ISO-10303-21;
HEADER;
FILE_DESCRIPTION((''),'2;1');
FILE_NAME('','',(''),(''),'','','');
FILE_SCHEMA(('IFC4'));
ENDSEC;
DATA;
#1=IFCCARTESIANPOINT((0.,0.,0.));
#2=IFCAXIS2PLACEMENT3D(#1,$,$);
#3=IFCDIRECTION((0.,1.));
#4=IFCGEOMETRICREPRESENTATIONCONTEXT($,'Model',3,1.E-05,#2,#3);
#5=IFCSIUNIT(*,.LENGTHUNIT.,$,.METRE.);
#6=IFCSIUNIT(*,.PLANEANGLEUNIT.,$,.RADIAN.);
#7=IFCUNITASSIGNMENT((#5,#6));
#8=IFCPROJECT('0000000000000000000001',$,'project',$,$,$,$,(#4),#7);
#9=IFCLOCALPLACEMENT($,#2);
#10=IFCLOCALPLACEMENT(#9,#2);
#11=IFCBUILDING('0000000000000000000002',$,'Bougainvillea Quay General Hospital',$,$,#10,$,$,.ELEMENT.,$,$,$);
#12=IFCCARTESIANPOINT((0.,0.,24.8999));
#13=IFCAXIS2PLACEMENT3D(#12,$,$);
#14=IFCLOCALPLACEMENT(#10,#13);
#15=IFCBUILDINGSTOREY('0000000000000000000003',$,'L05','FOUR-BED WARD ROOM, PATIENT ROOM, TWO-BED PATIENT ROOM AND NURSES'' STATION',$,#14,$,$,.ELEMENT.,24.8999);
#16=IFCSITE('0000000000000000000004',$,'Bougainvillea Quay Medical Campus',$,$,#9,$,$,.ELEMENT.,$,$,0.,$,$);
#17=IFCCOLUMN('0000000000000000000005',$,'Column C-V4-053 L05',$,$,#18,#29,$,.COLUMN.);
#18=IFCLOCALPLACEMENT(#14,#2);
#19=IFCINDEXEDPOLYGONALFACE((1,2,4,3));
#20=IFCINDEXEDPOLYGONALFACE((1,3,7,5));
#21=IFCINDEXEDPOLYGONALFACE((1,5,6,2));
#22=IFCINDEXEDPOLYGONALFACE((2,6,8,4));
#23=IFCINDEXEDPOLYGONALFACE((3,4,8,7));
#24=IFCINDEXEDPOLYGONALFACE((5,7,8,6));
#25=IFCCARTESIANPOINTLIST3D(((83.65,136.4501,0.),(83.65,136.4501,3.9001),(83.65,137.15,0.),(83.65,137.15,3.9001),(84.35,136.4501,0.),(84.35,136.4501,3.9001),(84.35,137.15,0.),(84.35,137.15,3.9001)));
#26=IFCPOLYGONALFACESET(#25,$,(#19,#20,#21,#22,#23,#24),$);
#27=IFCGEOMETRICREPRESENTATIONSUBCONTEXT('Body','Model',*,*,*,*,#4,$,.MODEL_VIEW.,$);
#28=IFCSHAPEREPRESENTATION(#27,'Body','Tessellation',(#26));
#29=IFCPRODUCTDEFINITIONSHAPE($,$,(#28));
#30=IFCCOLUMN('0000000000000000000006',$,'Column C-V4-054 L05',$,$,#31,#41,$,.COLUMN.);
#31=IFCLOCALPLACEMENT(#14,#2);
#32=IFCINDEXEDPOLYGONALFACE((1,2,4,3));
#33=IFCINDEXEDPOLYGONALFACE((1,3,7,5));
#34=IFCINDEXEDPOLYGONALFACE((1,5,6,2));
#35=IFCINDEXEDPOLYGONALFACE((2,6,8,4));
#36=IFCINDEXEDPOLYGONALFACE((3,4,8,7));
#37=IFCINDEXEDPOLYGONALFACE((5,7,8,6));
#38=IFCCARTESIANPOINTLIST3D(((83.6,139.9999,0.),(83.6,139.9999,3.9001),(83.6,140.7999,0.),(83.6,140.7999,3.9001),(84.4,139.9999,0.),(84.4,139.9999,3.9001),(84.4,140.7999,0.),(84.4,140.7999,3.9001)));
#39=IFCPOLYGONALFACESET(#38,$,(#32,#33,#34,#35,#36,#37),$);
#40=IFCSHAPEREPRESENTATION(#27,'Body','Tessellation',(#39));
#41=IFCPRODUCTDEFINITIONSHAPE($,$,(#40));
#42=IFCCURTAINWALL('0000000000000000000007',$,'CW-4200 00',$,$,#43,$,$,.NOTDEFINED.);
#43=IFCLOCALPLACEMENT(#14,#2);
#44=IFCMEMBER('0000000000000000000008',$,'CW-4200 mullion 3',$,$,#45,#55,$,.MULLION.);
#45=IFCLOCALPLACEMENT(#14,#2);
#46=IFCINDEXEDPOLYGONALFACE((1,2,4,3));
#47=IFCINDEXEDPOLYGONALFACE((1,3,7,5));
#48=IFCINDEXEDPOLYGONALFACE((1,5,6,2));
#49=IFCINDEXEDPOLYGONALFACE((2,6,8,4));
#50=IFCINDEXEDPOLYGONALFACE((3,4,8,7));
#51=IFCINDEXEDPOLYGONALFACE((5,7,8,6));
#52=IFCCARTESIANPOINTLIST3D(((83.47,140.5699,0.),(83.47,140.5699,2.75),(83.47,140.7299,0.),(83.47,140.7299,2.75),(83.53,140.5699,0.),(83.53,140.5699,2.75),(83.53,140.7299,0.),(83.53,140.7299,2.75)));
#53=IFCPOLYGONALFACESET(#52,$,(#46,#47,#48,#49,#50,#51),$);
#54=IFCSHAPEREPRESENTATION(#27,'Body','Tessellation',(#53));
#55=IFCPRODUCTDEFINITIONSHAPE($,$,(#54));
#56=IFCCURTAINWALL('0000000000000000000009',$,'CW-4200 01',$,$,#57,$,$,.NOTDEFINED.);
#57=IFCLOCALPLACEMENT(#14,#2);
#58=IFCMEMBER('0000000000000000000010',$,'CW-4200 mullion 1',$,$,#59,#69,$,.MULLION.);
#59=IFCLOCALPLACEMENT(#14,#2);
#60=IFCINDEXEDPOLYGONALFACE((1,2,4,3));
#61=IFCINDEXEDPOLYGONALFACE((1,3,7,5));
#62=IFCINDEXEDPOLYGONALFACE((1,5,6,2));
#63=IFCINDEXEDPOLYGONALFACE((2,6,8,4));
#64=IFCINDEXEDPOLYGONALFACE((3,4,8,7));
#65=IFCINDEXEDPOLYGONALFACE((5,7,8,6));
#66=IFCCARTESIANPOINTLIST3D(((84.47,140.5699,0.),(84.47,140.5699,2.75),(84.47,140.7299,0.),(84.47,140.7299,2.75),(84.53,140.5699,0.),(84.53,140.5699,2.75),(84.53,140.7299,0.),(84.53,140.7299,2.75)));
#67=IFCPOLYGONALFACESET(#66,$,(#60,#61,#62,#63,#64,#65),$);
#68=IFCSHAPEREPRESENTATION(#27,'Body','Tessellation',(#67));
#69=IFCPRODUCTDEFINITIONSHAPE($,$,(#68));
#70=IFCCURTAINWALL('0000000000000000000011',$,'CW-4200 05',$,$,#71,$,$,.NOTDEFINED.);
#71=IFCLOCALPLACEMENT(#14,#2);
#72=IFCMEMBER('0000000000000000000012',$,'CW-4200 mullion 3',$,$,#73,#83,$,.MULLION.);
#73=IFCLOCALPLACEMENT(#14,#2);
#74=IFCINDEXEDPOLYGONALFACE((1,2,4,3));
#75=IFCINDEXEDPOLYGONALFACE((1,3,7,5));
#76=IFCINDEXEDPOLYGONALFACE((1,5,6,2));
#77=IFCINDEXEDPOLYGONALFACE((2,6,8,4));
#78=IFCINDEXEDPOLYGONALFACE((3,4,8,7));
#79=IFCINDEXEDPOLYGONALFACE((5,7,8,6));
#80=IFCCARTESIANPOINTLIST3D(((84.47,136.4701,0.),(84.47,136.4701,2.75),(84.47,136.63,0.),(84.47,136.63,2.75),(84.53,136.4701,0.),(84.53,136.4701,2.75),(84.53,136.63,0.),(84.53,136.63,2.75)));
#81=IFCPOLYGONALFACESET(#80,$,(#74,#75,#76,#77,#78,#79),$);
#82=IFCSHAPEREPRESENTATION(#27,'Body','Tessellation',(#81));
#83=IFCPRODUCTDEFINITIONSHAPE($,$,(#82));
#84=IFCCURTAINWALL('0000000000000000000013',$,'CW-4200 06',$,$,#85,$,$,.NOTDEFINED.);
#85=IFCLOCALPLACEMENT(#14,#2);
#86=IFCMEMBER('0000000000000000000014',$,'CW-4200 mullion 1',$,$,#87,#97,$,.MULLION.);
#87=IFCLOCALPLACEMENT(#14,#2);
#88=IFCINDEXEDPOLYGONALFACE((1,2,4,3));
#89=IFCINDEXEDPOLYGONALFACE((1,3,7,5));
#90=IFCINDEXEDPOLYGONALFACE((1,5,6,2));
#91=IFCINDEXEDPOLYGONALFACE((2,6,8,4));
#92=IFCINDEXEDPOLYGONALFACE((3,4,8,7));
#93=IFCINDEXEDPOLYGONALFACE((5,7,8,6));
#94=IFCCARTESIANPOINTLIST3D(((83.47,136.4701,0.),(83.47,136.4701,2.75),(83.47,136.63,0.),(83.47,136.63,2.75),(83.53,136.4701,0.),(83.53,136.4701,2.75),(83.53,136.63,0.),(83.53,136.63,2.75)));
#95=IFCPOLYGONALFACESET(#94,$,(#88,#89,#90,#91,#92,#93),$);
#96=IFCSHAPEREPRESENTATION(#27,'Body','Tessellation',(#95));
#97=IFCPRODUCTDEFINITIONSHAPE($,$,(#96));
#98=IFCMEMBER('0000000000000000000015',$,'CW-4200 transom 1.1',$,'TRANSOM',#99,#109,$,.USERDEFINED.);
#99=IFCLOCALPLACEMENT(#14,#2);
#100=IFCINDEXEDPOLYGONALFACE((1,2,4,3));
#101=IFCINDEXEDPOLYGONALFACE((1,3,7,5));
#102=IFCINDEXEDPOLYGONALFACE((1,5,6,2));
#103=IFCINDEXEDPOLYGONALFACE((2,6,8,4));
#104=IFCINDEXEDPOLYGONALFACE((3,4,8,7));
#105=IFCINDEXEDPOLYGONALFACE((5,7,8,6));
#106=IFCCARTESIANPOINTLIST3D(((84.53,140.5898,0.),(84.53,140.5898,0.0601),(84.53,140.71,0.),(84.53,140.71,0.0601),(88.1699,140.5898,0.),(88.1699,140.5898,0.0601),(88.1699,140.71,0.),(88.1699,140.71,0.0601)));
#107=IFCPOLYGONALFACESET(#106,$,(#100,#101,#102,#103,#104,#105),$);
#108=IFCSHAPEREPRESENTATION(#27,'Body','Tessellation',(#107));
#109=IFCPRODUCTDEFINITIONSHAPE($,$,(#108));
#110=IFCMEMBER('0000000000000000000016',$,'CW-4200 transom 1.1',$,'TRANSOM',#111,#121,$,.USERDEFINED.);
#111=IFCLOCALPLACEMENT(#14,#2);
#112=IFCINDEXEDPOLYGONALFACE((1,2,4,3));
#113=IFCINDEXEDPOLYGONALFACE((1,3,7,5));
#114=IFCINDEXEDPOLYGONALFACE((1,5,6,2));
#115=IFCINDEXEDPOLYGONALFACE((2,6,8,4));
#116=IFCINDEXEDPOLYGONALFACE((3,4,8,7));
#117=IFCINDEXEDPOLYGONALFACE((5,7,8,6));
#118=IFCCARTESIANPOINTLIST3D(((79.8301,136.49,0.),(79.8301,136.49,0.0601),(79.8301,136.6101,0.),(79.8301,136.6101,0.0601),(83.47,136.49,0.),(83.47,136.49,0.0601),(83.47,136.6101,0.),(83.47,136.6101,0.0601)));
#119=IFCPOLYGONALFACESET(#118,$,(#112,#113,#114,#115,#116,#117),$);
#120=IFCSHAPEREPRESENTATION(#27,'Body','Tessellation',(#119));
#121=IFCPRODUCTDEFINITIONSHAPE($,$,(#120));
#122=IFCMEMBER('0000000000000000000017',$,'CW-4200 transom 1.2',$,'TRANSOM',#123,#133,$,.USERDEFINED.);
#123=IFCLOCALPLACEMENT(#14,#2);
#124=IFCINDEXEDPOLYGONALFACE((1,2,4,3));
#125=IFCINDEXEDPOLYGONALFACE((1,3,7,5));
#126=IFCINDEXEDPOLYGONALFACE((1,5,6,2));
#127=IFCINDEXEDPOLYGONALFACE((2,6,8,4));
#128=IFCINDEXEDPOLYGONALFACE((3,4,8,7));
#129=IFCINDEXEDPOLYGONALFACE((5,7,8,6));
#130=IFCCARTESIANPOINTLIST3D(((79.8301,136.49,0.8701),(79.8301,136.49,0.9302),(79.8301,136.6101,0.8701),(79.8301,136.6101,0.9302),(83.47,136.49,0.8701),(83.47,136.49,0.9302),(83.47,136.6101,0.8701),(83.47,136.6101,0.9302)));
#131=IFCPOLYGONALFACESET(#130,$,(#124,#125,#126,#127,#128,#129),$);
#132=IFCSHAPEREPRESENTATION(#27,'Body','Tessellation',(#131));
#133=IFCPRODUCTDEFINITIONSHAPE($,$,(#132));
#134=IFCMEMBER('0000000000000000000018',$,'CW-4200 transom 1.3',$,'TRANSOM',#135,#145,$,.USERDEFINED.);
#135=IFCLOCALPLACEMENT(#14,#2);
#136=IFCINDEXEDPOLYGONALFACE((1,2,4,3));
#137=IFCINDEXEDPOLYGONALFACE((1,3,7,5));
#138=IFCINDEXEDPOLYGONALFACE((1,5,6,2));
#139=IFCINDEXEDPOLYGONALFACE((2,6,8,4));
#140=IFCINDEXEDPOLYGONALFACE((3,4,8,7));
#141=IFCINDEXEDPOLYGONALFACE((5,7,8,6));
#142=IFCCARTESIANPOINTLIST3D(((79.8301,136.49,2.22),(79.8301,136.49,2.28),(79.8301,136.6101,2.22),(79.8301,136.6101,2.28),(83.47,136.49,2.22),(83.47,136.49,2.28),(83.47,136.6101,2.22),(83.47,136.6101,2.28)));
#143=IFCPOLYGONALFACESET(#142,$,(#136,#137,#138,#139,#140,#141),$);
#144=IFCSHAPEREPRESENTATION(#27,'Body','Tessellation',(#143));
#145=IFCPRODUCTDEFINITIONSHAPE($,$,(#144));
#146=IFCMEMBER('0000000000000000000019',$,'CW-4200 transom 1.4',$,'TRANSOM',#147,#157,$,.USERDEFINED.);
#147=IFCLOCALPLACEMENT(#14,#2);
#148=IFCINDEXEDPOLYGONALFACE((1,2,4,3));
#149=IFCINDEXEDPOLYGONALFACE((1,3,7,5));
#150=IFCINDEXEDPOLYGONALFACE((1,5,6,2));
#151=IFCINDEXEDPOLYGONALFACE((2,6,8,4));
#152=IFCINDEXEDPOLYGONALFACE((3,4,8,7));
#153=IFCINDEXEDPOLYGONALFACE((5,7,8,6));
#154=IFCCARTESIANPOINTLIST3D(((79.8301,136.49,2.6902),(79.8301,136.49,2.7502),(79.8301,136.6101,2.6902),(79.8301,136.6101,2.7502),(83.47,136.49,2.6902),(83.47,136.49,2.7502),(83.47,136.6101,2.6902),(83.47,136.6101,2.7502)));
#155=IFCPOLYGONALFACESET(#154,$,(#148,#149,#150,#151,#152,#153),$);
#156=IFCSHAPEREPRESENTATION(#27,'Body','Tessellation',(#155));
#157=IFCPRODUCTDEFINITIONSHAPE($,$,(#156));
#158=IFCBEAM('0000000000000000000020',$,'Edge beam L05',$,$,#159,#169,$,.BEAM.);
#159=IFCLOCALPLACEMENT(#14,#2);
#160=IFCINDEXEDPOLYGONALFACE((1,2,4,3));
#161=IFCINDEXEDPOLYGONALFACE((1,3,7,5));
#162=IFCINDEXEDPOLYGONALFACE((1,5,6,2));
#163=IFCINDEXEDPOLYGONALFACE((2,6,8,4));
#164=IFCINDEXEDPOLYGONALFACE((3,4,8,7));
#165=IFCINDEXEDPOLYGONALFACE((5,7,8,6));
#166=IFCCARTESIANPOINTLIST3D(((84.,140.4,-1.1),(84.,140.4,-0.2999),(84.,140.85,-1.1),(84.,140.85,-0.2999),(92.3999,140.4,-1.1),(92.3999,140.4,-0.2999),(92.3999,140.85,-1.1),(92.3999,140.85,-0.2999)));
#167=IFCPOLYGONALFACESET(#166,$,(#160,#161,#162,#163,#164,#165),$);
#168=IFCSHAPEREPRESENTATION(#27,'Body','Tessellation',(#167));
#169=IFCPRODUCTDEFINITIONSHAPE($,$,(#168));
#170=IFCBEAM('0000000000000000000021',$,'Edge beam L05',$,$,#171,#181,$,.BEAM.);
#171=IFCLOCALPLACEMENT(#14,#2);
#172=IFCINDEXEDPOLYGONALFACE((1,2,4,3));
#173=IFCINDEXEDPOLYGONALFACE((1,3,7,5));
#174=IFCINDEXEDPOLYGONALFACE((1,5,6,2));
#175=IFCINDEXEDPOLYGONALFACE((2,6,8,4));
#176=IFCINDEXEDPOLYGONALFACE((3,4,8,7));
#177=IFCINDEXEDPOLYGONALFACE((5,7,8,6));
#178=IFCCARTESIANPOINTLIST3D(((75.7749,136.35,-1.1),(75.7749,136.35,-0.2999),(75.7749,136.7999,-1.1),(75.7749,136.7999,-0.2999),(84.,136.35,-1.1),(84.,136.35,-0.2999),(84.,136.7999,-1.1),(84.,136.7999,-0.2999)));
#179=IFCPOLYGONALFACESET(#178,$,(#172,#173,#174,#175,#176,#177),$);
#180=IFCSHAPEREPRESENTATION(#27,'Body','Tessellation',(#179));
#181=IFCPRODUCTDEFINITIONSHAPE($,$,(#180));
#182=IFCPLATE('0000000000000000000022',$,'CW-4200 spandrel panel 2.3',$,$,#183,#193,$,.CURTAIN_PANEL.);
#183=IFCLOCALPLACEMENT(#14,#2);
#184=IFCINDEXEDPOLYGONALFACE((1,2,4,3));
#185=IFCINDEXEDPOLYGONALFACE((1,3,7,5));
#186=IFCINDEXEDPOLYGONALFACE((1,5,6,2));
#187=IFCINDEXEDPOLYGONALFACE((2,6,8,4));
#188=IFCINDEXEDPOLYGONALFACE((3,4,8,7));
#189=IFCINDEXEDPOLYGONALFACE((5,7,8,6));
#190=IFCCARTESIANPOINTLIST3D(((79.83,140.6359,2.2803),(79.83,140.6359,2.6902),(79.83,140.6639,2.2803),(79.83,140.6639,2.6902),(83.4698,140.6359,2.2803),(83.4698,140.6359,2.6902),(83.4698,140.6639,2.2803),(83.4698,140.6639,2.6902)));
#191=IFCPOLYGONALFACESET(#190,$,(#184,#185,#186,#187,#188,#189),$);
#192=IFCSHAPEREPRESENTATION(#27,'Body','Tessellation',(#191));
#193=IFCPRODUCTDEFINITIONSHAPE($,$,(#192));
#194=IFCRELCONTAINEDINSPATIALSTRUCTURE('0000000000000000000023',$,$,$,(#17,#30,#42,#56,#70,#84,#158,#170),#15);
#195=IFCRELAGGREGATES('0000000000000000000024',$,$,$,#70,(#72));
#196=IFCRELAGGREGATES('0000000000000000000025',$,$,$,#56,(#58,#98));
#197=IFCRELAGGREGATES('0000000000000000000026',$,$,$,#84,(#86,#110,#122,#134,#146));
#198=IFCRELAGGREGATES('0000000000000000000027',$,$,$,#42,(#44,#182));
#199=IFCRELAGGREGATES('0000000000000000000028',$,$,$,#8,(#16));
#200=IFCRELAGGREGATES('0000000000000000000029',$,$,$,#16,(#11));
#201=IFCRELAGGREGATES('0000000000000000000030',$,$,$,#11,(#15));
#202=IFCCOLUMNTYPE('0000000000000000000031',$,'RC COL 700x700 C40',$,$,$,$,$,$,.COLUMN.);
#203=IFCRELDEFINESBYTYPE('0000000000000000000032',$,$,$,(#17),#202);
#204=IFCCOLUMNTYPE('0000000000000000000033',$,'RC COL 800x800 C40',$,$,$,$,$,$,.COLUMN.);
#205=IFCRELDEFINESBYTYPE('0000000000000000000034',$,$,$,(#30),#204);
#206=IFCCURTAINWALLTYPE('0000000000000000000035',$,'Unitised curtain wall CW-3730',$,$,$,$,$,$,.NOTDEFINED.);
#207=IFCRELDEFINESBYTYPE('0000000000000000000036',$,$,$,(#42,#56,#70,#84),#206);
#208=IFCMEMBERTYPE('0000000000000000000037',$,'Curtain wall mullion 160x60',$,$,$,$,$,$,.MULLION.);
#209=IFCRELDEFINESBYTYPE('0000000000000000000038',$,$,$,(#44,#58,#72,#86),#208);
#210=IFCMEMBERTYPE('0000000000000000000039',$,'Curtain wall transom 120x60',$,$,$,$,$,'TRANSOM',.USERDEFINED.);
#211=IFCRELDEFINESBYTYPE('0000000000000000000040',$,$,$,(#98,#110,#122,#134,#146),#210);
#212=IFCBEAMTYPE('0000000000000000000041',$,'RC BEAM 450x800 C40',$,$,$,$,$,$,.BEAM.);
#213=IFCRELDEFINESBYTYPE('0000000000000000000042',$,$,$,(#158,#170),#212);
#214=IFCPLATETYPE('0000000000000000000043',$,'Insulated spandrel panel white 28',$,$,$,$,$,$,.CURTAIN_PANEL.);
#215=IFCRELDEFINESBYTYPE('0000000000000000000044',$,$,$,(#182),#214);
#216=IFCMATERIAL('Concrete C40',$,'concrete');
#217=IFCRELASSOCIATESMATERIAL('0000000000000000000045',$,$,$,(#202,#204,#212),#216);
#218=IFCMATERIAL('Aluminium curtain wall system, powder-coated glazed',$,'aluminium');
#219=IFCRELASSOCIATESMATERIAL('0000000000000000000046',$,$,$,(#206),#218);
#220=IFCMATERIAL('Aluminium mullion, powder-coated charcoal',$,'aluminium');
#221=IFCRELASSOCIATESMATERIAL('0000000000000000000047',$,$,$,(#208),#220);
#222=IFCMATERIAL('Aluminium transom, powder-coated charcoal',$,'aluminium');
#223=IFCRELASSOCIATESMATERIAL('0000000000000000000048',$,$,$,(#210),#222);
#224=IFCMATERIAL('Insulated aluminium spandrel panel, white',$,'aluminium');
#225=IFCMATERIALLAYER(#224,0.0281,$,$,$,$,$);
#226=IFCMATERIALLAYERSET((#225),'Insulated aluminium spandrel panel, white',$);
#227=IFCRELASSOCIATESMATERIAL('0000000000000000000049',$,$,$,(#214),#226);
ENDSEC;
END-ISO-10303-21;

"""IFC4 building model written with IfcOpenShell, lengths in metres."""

from ifc_helpers import new_model, si_unit, direction, frame, origin, origin_2d, place, context, subcontext, project, spatial, rectangle, extrude, material, layer, layer_set, material_profile, profile_set, type_object, element, aggregate, save


model = new_model("IFC4")

# Units and contexts
model_context = context("Model", 3, precision=1e-05, world=origin(), true_north=direction((0.0, 1.0)))
body_context = subcontext(model_context, "Body", "Model", "MODEL_VIEW")
ifc_project = project(units=[si_unit("LENGTHUNIT", "METRE"), si_unit("PLANEANGLEUNIT", "RADIAN")], contexts=[model_context])

# Site, building, storey
site_placement = place(None, origin())
site = spatial("IfcSite", under=ifc_project, at=site_placement, Name="Bougainvillea Quay Medical Campus", CompositionType="ELEMENT", RefElevation=0.0)
building_placement = place(site_placement, origin())
building = spatial("IfcBuilding", under=site, at=building_placement, Name="Bougainvillea Quay General Hospital", CompositionType="ELEMENT")
storey_placement = place(building_placement, frame((0.0, 0.0, 24.8999)))
storey = spatial("IfcBuildingStorey", under=building, at=storey_placement, Name="L05", Description="FOUR-BED WARD ROOM, PATIENT ROOM, TWO-BED PATIENT ROOM AND NURSES' STATION", CompositionType="ELEMENT", Elevation=24.8999)

# Columns
ifc_material_1 = material(Name="Concrete C40", Category="concrete")
ifc_material_profile_1 = material_profile(ifc_material_1, rectangle(XDim=0.7, YDim=0.7, at=origin_2d()))
ifc_profile_set_1 = profile_set([ifc_material_profile_1], Name="Concrete C40")
column_type_1 = type_object("IfcColumnType", Name="RC COL 700x700 C40", PredefinedType="COLUMN", material=ifc_profile_set_1)
column_1_placement = place(storey_placement, frame((84.0, 136.8, 0.0), z_axis=(0.0, 0.0, 1.0), x_axis=(1.0, 0.0, 0.0)))
element("IfcColumn", 1, at=column_1_placement, inside=storey, type_object=column_type_1, Name="Column C-V4-053 L05", PredefinedType="COLUMN", context=body_context, shape_type="SweptSolid", body=[
    extrude(rectangle(XDim=0.7, YDim=0.7, at=origin_2d()), origin(), (0.0, 0.0, 1.0), 3.9001),
])
ifc_material_profile_2 = material_profile(ifc_material_1, rectangle(XDim=0.8, YDim=0.8, at=origin_2d()))
ifc_profile_set_2 = profile_set([ifc_material_profile_2], Name="Concrete C40")
column_type_2 = type_object("IfcColumnType", Name="RC COL 800x800 C40", PredefinedType="COLUMN", material=ifc_profile_set_2)
column_2_placement = place(storey_placement, frame((84.0, 140.3999, 0.0), z_axis=(0.0, 0.0, 1.0), x_axis=(1.0, 0.0, 0.0)))
element("IfcColumn", 2, at=column_2_placement, inside=storey, type_object=column_type_2, Name="Column C-V4-054 L05", PredefinedType="COLUMN", context=body_context, shape_type="SweptSolid", body=[
    extrude(rectangle(XDim=0.8, YDim=0.8, at=origin_2d()), origin(), (0.0, 0.0, 1.0), 3.9001),
])

# Curtain walls, members
ifc_material_2 = material(Name="Aluminium curtain wall system, powder-coated glazed", Category="aluminium")
curtain_wall_type = type_object("IfcCurtainWallType", Name="Unitised curtain wall CW-3730", PredefinedType="NOTDEFINED", material=ifc_material_2)
curtain_wall_1_placement = place(storey_placement, origin())
curtain_wall_1 = element("IfcCurtainWall", 3, at=curtain_wall_1_placement, inside=storey, type_object=curtain_wall_type, Name="CW-4200 00", PredefinedType="NOTDEFINED")
ifc_material_3 = material(Name="Aluminium mullion, powder-coated charcoal", Category="aluminium")
ifc_material_profile_3 = material_profile(ifc_material_3, rectangle(XDim=0.1599, YDim=0.0601, at=origin_2d()))
ifc_profile_set_3 = profile_set([ifc_material_profile_3], Name="Aluminium mullion, powder-coated charcoal")
member_type_1 = type_object("IfcMemberType", Name="Curtain wall mullion 160x60", PredefinedType="MULLION", material=ifc_profile_set_3)
member_1_placement = place(storey_placement, frame((83.5, 140.6499, 0.0), z_axis=(0.0, 0.0, 1.0), x_axis=(0.0, 1.0, 0.0)))
member_1 = element("IfcMember", 4, at=member_1_placement, type_object=member_type_1, Name="CW-4200 mullion 3", PredefinedType="MULLION", context=body_context, shape_type="SweptSolid", body=[
    extrude(rectangle(XDim=0.1599, YDim=0.0601, at=origin_2d()), origin(), (0.0, 0.0, 1.0), 2.75),
])
curtain_wall_2_placement = place(storey_placement, origin())
curtain_wall_2 = element("IfcCurtainWall", 5, at=curtain_wall_2_placement, inside=storey, type_object=curtain_wall_type, Name="CW-4200 01", PredefinedType="NOTDEFINED")
member_2_placement = place(storey_placement, frame((84.5, 140.6499, 0.0), z_axis=(0.0, 0.0, 1.0), x_axis=(0.0, 1.0, 0.0)))
member_2 = element("IfcMember", 6, at=member_2_placement, type_object=member_type_1, Name="CW-4200 mullion 1", PredefinedType="MULLION", context=body_context, shape_type="SweptSolid", body=[
    extrude(rectangle(XDim=0.1599, YDim=0.0601, at=origin_2d()), origin(), (0.0, 0.0, 1.0), 2.75),
])
curtain_wall_3_placement = place(storey_placement, origin())
curtain_wall_3 = element("IfcCurtainWall", 7, at=curtain_wall_3_placement, inside=storey, type_object=curtain_wall_type, Name="CW-4200 05", PredefinedType="NOTDEFINED")
member_3_placement = place(storey_placement, frame((84.5, 136.55, 0.0), z_axis=(0.0, 0.0, 1.0), x_axis=(0.0, -1.0, 0.0)))
member_3 = element("IfcMember", 8, at=member_3_placement, type_object=member_type_1, Name="CW-4200 mullion 3", PredefinedType="MULLION", context=body_context, shape_type="SweptSolid", body=[
    extrude(rectangle(XDim=0.1599, YDim=0.0601, at=origin_2d()), origin(), (0.0, 0.0, 1.0), 2.75),
])
aggregate(curtain_wall_3, [member_3])
curtain_wall_4_placement = place(storey_placement, origin())
curtain_wall_4 = element("IfcCurtainWall", 9, at=curtain_wall_4_placement, inside=storey, type_object=curtain_wall_type, Name="CW-4200 06", PredefinedType="NOTDEFINED")
member_4_placement = place(storey_placement, frame((83.5, 136.55, 0.0), z_axis=(0.0, 0.0, 1.0), x_axis=(0.0, -1.0, 0.0)))
member_4 = element("IfcMember", 10, at=member_4_placement, type_object=member_type_1, Name="CW-4200 mullion 1", PredefinedType="MULLION", context=body_context, shape_type="SweptSolid", body=[
    extrude(rectangle(XDim=0.1599, YDim=0.0601, at=origin_2d()), origin(), (0.0, 0.0, 1.0), 2.75),
])

# Members
ifc_material_4 = material(Name="Aluminium transom, powder-coated charcoal", Category="aluminium")
ifc_material_profile_4 = material_profile(ifc_material_4, rectangle(XDim=0.1201, YDim=0.0601, at=origin_2d()))
ifc_profile_set_4 = profile_set([ifc_material_profile_4], Name="Aluminium transom, powder-coated charcoal")
member_type_2 = type_object("IfcMemberType", Name="Curtain wall transom 120x60", ElementType="TRANSOM", PredefinedType="USERDEFINED", material=ifc_profile_set_4)
member_5_placement = place(storey_placement, frame((84.53, 140.6499, 0.03), z_axis=(1.0, 0.0, 0.0), x_axis=(0.0, 1.0, 0.0)))
member_5 = element("IfcMember", 11, at=member_5_placement, type_object=member_type_2, Name="CW-4200 transom 1.1", ObjectType="TRANSOM", PredefinedType="USERDEFINED", context=body_context, shape_type="SweptSolid", body=[
    extrude(rectangle(XDim=0.1201, YDim=0.0601, at=origin_2d()), origin(), (0.0, 0.0, 1.0), 3.6399),
])
aggregate(curtain_wall_2, [member_2, member_5])
member_6_placement = place(storey_placement, frame((83.47, 136.55, 0.03), z_axis=(-1.0, 0.0, 0.0), x_axis=(0.0, -1.0, 0.0)))
member_6 = element("IfcMember", 12, at=member_6_placement, type_object=member_type_2, Name="CW-4200 transom 1.1", ObjectType="TRANSOM", PredefinedType="USERDEFINED", context=body_context, shape_type="SweptSolid", body=[
    extrude(rectangle(XDim=0.1201, YDim=0.0601, at=origin_2d()), origin(), (0.0, 0.0, 1.0), 3.6399),
])
member_7_placement = place(storey_placement, frame((83.47, 136.55, 0.9001), z_axis=(-1.0, 0.0, 0.0), x_axis=(0.0, -1.0, 0.0)))
member_7 = element("IfcMember", 13, at=member_7_placement, type_object=member_type_2, Name="CW-4200 transom 1.2", ObjectType="TRANSOM", PredefinedType="USERDEFINED", context=body_context, shape_type="SweptSolid", body=[
    extrude(rectangle(XDim=0.1201, YDim=0.0601, at=origin_2d()), origin(), (0.0, 0.0, 1.0), 3.6399),
])
member_8_placement = place(storey_placement, frame((83.47, 136.55, 2.25), z_axis=(-1.0, 0.0, 0.0), x_axis=(0.0, -1.0, 0.0)))
member_8 = element("IfcMember", 14, at=member_8_placement, type_object=member_type_2, Name="CW-4200 transom 1.3", ObjectType="TRANSOM", PredefinedType="USERDEFINED", context=body_context, shape_type="SweptSolid", body=[
    extrude(rectangle(XDim=0.1201, YDim=0.0601, at=origin_2d()), origin(), (0.0, 0.0, 1.0), 3.6399),
])
member_9_placement = place(storey_placement, frame((83.47, 136.55, 2.7202), z_axis=(-1.0, 0.0, 0.0), x_axis=(0.0, -1.0, 0.0)))
member_9 = element("IfcMember", 15, at=member_9_placement, type_object=member_type_2, Name="CW-4200 transom 1.4", ObjectType="TRANSOM", PredefinedType="USERDEFINED", context=body_context, shape_type="SweptSolid", body=[
    extrude(rectangle(XDim=0.1201, YDim=0.0601, at=origin_2d()), origin(), (0.0, 0.0, 1.0), 3.6399),
])
aggregate(curtain_wall_4, [member_4, member_6, member_7, member_8, member_9])

# Beams
ifc_material_profile_5 = material_profile(ifc_material_1, rectangle(XDim=0.45, YDim=0.8, at=origin_2d()))
ifc_profile_set_5 = profile_set([ifc_material_profile_5], Name="Concrete C40")
beam_type = type_object("IfcBeamType", Name="RC BEAM 450x800 C40", PredefinedType="BEAM", material=ifc_profile_set_5)
beam_1_placement = place(storey_placement, frame((84.0, 140.625, -0.7), z_axis=(1.0, 0.0, 0.0), x_axis=(0.0, 1.0, 0.0)))
element("IfcBeam", 16, at=beam_1_placement, inside=storey, type_object=beam_type, Name="Edge beam L05", PredefinedType="BEAM", context=body_context, shape_type="SweptSolid", body=[
    extrude(rectangle(XDim=0.45, YDim=0.8, at=origin_2d()), origin(), (0.0, 0.0, 1.0), 8.3999),
])
beam_2_placement = place(storey_placement, frame((84.0, 136.575, -0.7), z_axis=(-1.0, 0.0, 0.0), x_axis=(0.0, -1.0, 0.0)))
element("IfcBeam", 17, at=beam_2_placement, inside=storey, type_object=beam_type, Name="Edge beam L05", PredefinedType="BEAM", context=body_context, shape_type="SweptSolid", body=[
    extrude(rectangle(XDim=0.45, YDim=0.8, at=origin_2d()), origin(), (0.0, 0.0, 1.0), 8.2251),
])

# Plate
ifc_material_5 = material(Name="Insulated aluminium spandrel panel, white", Category="aluminium")
ifc_layer_1 = layer(ifc_material_5, 0.0281)
ifc_layer_set_1 = layer_set([ifc_layer_1], Name="Insulated aluminium spandrel panel, white")
plate_type = type_object("IfcPlateType", Name="Insulated spandrel panel white 28", PredefinedType="CURTAIN_PANEL", material=ifc_layer_set_1)
plate_placement = place(storey_placement, frame((81.6499, 140.6499, 2.2803), z_axis=(0.0, 0.0, 1.0), x_axis=(1.0, 0.0, 0.0)))
plate = element("IfcPlate", 18, at=plate_placement, type_object=plate_type, Name="CW-4200 spandrel panel 2.3", PredefinedType="CURTAIN_PANEL", context=body_context, shape_type="SweptSolid", body=[
    extrude(rectangle(XDim=3.6399, YDim=0.0281, at=origin_2d()), origin(), (0.0, 0.0, 1.0), 0.4099),
])
aggregate(curtain_wall_1, [member_1, plate])

save(model, "model.ifc")
